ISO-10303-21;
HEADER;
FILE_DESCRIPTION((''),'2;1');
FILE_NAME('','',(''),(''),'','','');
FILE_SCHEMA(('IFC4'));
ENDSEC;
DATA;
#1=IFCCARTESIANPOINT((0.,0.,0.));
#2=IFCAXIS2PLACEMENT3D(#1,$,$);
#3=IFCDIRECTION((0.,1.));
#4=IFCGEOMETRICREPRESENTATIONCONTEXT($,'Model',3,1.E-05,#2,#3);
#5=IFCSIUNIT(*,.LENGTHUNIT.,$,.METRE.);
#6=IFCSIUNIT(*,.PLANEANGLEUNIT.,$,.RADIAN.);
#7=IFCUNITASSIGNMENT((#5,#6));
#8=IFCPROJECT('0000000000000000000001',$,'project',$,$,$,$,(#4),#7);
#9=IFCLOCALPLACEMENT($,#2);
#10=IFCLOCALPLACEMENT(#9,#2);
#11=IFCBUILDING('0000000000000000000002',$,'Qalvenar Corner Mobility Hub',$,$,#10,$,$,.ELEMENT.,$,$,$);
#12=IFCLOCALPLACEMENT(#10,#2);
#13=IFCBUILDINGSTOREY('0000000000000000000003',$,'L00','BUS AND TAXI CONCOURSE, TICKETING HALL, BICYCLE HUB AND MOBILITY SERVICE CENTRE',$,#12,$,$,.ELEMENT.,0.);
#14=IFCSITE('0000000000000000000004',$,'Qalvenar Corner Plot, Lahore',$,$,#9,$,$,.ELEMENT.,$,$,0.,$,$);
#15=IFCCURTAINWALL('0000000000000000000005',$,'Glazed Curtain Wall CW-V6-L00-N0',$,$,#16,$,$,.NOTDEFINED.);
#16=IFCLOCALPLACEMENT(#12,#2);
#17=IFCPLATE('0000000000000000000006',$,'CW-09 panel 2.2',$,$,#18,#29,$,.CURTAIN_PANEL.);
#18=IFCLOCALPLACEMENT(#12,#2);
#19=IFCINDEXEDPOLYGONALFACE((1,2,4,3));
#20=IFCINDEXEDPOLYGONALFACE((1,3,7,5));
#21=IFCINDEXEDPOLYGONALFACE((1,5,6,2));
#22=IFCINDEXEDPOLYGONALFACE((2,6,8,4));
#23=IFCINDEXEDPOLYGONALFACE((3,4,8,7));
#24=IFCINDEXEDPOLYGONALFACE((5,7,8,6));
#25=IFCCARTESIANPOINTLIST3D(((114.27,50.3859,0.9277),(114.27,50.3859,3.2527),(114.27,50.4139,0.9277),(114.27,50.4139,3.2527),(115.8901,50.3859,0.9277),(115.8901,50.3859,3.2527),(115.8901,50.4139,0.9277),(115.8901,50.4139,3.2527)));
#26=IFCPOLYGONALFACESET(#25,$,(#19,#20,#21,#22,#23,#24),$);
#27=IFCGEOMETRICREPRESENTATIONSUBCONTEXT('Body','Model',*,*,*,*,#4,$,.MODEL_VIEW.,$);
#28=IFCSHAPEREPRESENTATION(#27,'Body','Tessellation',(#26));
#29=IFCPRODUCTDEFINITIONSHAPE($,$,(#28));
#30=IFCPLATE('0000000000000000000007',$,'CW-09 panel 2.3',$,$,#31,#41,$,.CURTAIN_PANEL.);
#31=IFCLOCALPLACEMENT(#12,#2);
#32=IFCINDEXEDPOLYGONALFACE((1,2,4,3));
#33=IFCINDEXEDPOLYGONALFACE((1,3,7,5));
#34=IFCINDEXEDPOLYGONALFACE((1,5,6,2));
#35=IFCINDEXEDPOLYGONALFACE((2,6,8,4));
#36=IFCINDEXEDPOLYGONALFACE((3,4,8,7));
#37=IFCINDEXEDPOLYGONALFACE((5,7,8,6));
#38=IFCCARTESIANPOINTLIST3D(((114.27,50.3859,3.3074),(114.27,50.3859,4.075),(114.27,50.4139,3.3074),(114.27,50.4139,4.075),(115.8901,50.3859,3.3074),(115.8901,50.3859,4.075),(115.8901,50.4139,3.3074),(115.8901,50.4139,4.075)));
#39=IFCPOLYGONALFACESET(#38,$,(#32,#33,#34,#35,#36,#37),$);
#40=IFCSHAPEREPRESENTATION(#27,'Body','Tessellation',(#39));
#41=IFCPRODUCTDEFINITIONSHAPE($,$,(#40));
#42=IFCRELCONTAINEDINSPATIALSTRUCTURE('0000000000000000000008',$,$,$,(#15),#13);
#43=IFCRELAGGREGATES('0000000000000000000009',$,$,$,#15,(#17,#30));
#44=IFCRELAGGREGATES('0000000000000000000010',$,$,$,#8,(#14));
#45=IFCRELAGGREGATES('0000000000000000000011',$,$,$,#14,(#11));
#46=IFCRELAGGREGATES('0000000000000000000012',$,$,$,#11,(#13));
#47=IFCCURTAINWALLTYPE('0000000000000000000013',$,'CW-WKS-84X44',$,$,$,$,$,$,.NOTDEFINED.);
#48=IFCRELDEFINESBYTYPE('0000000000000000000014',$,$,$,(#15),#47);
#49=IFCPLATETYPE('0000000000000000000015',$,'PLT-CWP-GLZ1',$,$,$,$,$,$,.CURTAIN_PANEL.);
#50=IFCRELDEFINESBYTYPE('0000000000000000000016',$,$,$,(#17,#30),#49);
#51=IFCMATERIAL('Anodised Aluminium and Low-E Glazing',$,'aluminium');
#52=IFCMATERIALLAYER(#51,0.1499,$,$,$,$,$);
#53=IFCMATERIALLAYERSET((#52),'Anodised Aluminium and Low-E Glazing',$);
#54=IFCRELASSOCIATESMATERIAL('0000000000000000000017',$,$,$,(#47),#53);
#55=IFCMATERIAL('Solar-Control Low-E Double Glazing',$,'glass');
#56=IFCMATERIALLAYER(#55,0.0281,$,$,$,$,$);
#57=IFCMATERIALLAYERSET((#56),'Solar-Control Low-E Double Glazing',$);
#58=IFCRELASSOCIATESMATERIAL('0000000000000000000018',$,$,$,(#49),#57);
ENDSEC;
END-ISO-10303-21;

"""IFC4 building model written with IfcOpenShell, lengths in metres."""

from ifc_helpers import new_model, si_unit, direction, frame, origin, origin_2d, place, context, subcontext, project, spatial, rectangle, extrude, material, layer, layer_set, type_object, element, aggregate, save


model = new_model("IFC4")

# Units and contexts
model_context = context("Model", 3, precision=1e-05, world=origin(), true_north=direction((0.0, 1.0)))
body_context = subcontext(model_context, "Body", "Model", "MODEL_VIEW")
ifc_project = project(units=[si_unit("LENGTHUNIT", "METRE"), si_unit("PLANEANGLEUNIT", "RADIAN")], contexts=[model_context])

# Site, building, storey
site_placement = place(None, origin())
site = spatial("IfcSite", under=ifc_project, at=site_placement, Name="Qalvenar Corner Plot, Lahore", CompositionType="ELEMENT", RefElevation=0.0)
building_placement = place(site_placement, origin())
building = spatial("IfcBuilding", under=site, at=building_placement, Name="Qalvenar Corner Mobility Hub", CompositionType="ELEMENT")
storey_placement = place(building_placement, origin())
storey = spatial("IfcBuildingStorey", under=building, at=storey_placement, Name="L00", Description="BUS AND TAXI CONCOURSE, TICKETING HALL, BICYCLE HUB AND MOBILITY SERVICE CENTRE", CompositionType="ELEMENT", Elevation=0.0)

# Curtain wall, plates
ifc_material_1 = material(Name="Anodised Aluminium and Low-E Glazing", Category="aluminium")
ifc_layer_1 = layer(ifc_material_1, 0.1499)
ifc_layer_set_1 = layer_set([ifc_layer_1], Name="Anodised Aluminium and Low-E Glazing")
curtain_wall_type = type_object("IfcCurtainWallType", Name="CW-WKS-84X44", PredefinedType="NOTDEFINED", material=ifc_layer_set_1)
curtain_wall_placement = place(storey_placement, origin())
curtain_wall = element("IfcCurtainWall", 1, at=curtain_wall_placement, inside=storey, type_object=curtain_wall_type, Name="Glazed Curtain Wall CW-V6-L00-N0", PredefinedType="NOTDEFINED")
ifc_material_2 = material(Name="Solar-Control Low-E Double Glazing", Category="glass")
ifc_layer_2 = layer(ifc_material_2, 0.0281)
ifc_layer_set_2 = layer_set([ifc_layer_2], Name="Solar-Control Low-E Double Glazing")
plate_type = type_object("IfcPlateType", Name="PLT-CWP-GLZ1", PredefinedType="CURTAIN_PANEL", material=ifc_layer_set_2)
plate_1_placement = place(storey_placement, frame((115.0801, 50.3999, 0.9277), z_axis=(0.0, 0.0, 1.0), x_axis=(-1.0, 0.0, 0.0)))
plate_1 = element("IfcPlate", 2, at=plate_1_placement, type_object=plate_type, Name="CW-09 panel 2.2", PredefinedType="CURTAIN_PANEL", context=body_context, shape_type="SweptSolid", body=[
    extrude(rectangle(XDim=1.6201, YDim=0.0281, at=origin_2d()), origin(), (0.0, 0.0, 1.0), 2.325),
])
plate_2_placement = place(storey_placement, frame((115.0801, 50.3999, 3.3074), z_axis=(0.0, 0.0, 1.0), x_axis=(-1.0, 0.0, 0.0)))
plate_2 = element("IfcPlate", 3, at=plate_2_placement, type_object=plate_type, Name="CW-09 panel 2.3", PredefinedType="CURTAIN_PANEL", context=body_context, shape_type="SweptSolid", body=[
    extrude(rectangle(XDim=1.6201, YDim=0.0281, at=origin_2d()), origin(), (0.0, 0.0, 1.0), 0.7676),
])
aggregate(curtain_wall, [plate_1, plate_2])

save(model, "model.ifc")
